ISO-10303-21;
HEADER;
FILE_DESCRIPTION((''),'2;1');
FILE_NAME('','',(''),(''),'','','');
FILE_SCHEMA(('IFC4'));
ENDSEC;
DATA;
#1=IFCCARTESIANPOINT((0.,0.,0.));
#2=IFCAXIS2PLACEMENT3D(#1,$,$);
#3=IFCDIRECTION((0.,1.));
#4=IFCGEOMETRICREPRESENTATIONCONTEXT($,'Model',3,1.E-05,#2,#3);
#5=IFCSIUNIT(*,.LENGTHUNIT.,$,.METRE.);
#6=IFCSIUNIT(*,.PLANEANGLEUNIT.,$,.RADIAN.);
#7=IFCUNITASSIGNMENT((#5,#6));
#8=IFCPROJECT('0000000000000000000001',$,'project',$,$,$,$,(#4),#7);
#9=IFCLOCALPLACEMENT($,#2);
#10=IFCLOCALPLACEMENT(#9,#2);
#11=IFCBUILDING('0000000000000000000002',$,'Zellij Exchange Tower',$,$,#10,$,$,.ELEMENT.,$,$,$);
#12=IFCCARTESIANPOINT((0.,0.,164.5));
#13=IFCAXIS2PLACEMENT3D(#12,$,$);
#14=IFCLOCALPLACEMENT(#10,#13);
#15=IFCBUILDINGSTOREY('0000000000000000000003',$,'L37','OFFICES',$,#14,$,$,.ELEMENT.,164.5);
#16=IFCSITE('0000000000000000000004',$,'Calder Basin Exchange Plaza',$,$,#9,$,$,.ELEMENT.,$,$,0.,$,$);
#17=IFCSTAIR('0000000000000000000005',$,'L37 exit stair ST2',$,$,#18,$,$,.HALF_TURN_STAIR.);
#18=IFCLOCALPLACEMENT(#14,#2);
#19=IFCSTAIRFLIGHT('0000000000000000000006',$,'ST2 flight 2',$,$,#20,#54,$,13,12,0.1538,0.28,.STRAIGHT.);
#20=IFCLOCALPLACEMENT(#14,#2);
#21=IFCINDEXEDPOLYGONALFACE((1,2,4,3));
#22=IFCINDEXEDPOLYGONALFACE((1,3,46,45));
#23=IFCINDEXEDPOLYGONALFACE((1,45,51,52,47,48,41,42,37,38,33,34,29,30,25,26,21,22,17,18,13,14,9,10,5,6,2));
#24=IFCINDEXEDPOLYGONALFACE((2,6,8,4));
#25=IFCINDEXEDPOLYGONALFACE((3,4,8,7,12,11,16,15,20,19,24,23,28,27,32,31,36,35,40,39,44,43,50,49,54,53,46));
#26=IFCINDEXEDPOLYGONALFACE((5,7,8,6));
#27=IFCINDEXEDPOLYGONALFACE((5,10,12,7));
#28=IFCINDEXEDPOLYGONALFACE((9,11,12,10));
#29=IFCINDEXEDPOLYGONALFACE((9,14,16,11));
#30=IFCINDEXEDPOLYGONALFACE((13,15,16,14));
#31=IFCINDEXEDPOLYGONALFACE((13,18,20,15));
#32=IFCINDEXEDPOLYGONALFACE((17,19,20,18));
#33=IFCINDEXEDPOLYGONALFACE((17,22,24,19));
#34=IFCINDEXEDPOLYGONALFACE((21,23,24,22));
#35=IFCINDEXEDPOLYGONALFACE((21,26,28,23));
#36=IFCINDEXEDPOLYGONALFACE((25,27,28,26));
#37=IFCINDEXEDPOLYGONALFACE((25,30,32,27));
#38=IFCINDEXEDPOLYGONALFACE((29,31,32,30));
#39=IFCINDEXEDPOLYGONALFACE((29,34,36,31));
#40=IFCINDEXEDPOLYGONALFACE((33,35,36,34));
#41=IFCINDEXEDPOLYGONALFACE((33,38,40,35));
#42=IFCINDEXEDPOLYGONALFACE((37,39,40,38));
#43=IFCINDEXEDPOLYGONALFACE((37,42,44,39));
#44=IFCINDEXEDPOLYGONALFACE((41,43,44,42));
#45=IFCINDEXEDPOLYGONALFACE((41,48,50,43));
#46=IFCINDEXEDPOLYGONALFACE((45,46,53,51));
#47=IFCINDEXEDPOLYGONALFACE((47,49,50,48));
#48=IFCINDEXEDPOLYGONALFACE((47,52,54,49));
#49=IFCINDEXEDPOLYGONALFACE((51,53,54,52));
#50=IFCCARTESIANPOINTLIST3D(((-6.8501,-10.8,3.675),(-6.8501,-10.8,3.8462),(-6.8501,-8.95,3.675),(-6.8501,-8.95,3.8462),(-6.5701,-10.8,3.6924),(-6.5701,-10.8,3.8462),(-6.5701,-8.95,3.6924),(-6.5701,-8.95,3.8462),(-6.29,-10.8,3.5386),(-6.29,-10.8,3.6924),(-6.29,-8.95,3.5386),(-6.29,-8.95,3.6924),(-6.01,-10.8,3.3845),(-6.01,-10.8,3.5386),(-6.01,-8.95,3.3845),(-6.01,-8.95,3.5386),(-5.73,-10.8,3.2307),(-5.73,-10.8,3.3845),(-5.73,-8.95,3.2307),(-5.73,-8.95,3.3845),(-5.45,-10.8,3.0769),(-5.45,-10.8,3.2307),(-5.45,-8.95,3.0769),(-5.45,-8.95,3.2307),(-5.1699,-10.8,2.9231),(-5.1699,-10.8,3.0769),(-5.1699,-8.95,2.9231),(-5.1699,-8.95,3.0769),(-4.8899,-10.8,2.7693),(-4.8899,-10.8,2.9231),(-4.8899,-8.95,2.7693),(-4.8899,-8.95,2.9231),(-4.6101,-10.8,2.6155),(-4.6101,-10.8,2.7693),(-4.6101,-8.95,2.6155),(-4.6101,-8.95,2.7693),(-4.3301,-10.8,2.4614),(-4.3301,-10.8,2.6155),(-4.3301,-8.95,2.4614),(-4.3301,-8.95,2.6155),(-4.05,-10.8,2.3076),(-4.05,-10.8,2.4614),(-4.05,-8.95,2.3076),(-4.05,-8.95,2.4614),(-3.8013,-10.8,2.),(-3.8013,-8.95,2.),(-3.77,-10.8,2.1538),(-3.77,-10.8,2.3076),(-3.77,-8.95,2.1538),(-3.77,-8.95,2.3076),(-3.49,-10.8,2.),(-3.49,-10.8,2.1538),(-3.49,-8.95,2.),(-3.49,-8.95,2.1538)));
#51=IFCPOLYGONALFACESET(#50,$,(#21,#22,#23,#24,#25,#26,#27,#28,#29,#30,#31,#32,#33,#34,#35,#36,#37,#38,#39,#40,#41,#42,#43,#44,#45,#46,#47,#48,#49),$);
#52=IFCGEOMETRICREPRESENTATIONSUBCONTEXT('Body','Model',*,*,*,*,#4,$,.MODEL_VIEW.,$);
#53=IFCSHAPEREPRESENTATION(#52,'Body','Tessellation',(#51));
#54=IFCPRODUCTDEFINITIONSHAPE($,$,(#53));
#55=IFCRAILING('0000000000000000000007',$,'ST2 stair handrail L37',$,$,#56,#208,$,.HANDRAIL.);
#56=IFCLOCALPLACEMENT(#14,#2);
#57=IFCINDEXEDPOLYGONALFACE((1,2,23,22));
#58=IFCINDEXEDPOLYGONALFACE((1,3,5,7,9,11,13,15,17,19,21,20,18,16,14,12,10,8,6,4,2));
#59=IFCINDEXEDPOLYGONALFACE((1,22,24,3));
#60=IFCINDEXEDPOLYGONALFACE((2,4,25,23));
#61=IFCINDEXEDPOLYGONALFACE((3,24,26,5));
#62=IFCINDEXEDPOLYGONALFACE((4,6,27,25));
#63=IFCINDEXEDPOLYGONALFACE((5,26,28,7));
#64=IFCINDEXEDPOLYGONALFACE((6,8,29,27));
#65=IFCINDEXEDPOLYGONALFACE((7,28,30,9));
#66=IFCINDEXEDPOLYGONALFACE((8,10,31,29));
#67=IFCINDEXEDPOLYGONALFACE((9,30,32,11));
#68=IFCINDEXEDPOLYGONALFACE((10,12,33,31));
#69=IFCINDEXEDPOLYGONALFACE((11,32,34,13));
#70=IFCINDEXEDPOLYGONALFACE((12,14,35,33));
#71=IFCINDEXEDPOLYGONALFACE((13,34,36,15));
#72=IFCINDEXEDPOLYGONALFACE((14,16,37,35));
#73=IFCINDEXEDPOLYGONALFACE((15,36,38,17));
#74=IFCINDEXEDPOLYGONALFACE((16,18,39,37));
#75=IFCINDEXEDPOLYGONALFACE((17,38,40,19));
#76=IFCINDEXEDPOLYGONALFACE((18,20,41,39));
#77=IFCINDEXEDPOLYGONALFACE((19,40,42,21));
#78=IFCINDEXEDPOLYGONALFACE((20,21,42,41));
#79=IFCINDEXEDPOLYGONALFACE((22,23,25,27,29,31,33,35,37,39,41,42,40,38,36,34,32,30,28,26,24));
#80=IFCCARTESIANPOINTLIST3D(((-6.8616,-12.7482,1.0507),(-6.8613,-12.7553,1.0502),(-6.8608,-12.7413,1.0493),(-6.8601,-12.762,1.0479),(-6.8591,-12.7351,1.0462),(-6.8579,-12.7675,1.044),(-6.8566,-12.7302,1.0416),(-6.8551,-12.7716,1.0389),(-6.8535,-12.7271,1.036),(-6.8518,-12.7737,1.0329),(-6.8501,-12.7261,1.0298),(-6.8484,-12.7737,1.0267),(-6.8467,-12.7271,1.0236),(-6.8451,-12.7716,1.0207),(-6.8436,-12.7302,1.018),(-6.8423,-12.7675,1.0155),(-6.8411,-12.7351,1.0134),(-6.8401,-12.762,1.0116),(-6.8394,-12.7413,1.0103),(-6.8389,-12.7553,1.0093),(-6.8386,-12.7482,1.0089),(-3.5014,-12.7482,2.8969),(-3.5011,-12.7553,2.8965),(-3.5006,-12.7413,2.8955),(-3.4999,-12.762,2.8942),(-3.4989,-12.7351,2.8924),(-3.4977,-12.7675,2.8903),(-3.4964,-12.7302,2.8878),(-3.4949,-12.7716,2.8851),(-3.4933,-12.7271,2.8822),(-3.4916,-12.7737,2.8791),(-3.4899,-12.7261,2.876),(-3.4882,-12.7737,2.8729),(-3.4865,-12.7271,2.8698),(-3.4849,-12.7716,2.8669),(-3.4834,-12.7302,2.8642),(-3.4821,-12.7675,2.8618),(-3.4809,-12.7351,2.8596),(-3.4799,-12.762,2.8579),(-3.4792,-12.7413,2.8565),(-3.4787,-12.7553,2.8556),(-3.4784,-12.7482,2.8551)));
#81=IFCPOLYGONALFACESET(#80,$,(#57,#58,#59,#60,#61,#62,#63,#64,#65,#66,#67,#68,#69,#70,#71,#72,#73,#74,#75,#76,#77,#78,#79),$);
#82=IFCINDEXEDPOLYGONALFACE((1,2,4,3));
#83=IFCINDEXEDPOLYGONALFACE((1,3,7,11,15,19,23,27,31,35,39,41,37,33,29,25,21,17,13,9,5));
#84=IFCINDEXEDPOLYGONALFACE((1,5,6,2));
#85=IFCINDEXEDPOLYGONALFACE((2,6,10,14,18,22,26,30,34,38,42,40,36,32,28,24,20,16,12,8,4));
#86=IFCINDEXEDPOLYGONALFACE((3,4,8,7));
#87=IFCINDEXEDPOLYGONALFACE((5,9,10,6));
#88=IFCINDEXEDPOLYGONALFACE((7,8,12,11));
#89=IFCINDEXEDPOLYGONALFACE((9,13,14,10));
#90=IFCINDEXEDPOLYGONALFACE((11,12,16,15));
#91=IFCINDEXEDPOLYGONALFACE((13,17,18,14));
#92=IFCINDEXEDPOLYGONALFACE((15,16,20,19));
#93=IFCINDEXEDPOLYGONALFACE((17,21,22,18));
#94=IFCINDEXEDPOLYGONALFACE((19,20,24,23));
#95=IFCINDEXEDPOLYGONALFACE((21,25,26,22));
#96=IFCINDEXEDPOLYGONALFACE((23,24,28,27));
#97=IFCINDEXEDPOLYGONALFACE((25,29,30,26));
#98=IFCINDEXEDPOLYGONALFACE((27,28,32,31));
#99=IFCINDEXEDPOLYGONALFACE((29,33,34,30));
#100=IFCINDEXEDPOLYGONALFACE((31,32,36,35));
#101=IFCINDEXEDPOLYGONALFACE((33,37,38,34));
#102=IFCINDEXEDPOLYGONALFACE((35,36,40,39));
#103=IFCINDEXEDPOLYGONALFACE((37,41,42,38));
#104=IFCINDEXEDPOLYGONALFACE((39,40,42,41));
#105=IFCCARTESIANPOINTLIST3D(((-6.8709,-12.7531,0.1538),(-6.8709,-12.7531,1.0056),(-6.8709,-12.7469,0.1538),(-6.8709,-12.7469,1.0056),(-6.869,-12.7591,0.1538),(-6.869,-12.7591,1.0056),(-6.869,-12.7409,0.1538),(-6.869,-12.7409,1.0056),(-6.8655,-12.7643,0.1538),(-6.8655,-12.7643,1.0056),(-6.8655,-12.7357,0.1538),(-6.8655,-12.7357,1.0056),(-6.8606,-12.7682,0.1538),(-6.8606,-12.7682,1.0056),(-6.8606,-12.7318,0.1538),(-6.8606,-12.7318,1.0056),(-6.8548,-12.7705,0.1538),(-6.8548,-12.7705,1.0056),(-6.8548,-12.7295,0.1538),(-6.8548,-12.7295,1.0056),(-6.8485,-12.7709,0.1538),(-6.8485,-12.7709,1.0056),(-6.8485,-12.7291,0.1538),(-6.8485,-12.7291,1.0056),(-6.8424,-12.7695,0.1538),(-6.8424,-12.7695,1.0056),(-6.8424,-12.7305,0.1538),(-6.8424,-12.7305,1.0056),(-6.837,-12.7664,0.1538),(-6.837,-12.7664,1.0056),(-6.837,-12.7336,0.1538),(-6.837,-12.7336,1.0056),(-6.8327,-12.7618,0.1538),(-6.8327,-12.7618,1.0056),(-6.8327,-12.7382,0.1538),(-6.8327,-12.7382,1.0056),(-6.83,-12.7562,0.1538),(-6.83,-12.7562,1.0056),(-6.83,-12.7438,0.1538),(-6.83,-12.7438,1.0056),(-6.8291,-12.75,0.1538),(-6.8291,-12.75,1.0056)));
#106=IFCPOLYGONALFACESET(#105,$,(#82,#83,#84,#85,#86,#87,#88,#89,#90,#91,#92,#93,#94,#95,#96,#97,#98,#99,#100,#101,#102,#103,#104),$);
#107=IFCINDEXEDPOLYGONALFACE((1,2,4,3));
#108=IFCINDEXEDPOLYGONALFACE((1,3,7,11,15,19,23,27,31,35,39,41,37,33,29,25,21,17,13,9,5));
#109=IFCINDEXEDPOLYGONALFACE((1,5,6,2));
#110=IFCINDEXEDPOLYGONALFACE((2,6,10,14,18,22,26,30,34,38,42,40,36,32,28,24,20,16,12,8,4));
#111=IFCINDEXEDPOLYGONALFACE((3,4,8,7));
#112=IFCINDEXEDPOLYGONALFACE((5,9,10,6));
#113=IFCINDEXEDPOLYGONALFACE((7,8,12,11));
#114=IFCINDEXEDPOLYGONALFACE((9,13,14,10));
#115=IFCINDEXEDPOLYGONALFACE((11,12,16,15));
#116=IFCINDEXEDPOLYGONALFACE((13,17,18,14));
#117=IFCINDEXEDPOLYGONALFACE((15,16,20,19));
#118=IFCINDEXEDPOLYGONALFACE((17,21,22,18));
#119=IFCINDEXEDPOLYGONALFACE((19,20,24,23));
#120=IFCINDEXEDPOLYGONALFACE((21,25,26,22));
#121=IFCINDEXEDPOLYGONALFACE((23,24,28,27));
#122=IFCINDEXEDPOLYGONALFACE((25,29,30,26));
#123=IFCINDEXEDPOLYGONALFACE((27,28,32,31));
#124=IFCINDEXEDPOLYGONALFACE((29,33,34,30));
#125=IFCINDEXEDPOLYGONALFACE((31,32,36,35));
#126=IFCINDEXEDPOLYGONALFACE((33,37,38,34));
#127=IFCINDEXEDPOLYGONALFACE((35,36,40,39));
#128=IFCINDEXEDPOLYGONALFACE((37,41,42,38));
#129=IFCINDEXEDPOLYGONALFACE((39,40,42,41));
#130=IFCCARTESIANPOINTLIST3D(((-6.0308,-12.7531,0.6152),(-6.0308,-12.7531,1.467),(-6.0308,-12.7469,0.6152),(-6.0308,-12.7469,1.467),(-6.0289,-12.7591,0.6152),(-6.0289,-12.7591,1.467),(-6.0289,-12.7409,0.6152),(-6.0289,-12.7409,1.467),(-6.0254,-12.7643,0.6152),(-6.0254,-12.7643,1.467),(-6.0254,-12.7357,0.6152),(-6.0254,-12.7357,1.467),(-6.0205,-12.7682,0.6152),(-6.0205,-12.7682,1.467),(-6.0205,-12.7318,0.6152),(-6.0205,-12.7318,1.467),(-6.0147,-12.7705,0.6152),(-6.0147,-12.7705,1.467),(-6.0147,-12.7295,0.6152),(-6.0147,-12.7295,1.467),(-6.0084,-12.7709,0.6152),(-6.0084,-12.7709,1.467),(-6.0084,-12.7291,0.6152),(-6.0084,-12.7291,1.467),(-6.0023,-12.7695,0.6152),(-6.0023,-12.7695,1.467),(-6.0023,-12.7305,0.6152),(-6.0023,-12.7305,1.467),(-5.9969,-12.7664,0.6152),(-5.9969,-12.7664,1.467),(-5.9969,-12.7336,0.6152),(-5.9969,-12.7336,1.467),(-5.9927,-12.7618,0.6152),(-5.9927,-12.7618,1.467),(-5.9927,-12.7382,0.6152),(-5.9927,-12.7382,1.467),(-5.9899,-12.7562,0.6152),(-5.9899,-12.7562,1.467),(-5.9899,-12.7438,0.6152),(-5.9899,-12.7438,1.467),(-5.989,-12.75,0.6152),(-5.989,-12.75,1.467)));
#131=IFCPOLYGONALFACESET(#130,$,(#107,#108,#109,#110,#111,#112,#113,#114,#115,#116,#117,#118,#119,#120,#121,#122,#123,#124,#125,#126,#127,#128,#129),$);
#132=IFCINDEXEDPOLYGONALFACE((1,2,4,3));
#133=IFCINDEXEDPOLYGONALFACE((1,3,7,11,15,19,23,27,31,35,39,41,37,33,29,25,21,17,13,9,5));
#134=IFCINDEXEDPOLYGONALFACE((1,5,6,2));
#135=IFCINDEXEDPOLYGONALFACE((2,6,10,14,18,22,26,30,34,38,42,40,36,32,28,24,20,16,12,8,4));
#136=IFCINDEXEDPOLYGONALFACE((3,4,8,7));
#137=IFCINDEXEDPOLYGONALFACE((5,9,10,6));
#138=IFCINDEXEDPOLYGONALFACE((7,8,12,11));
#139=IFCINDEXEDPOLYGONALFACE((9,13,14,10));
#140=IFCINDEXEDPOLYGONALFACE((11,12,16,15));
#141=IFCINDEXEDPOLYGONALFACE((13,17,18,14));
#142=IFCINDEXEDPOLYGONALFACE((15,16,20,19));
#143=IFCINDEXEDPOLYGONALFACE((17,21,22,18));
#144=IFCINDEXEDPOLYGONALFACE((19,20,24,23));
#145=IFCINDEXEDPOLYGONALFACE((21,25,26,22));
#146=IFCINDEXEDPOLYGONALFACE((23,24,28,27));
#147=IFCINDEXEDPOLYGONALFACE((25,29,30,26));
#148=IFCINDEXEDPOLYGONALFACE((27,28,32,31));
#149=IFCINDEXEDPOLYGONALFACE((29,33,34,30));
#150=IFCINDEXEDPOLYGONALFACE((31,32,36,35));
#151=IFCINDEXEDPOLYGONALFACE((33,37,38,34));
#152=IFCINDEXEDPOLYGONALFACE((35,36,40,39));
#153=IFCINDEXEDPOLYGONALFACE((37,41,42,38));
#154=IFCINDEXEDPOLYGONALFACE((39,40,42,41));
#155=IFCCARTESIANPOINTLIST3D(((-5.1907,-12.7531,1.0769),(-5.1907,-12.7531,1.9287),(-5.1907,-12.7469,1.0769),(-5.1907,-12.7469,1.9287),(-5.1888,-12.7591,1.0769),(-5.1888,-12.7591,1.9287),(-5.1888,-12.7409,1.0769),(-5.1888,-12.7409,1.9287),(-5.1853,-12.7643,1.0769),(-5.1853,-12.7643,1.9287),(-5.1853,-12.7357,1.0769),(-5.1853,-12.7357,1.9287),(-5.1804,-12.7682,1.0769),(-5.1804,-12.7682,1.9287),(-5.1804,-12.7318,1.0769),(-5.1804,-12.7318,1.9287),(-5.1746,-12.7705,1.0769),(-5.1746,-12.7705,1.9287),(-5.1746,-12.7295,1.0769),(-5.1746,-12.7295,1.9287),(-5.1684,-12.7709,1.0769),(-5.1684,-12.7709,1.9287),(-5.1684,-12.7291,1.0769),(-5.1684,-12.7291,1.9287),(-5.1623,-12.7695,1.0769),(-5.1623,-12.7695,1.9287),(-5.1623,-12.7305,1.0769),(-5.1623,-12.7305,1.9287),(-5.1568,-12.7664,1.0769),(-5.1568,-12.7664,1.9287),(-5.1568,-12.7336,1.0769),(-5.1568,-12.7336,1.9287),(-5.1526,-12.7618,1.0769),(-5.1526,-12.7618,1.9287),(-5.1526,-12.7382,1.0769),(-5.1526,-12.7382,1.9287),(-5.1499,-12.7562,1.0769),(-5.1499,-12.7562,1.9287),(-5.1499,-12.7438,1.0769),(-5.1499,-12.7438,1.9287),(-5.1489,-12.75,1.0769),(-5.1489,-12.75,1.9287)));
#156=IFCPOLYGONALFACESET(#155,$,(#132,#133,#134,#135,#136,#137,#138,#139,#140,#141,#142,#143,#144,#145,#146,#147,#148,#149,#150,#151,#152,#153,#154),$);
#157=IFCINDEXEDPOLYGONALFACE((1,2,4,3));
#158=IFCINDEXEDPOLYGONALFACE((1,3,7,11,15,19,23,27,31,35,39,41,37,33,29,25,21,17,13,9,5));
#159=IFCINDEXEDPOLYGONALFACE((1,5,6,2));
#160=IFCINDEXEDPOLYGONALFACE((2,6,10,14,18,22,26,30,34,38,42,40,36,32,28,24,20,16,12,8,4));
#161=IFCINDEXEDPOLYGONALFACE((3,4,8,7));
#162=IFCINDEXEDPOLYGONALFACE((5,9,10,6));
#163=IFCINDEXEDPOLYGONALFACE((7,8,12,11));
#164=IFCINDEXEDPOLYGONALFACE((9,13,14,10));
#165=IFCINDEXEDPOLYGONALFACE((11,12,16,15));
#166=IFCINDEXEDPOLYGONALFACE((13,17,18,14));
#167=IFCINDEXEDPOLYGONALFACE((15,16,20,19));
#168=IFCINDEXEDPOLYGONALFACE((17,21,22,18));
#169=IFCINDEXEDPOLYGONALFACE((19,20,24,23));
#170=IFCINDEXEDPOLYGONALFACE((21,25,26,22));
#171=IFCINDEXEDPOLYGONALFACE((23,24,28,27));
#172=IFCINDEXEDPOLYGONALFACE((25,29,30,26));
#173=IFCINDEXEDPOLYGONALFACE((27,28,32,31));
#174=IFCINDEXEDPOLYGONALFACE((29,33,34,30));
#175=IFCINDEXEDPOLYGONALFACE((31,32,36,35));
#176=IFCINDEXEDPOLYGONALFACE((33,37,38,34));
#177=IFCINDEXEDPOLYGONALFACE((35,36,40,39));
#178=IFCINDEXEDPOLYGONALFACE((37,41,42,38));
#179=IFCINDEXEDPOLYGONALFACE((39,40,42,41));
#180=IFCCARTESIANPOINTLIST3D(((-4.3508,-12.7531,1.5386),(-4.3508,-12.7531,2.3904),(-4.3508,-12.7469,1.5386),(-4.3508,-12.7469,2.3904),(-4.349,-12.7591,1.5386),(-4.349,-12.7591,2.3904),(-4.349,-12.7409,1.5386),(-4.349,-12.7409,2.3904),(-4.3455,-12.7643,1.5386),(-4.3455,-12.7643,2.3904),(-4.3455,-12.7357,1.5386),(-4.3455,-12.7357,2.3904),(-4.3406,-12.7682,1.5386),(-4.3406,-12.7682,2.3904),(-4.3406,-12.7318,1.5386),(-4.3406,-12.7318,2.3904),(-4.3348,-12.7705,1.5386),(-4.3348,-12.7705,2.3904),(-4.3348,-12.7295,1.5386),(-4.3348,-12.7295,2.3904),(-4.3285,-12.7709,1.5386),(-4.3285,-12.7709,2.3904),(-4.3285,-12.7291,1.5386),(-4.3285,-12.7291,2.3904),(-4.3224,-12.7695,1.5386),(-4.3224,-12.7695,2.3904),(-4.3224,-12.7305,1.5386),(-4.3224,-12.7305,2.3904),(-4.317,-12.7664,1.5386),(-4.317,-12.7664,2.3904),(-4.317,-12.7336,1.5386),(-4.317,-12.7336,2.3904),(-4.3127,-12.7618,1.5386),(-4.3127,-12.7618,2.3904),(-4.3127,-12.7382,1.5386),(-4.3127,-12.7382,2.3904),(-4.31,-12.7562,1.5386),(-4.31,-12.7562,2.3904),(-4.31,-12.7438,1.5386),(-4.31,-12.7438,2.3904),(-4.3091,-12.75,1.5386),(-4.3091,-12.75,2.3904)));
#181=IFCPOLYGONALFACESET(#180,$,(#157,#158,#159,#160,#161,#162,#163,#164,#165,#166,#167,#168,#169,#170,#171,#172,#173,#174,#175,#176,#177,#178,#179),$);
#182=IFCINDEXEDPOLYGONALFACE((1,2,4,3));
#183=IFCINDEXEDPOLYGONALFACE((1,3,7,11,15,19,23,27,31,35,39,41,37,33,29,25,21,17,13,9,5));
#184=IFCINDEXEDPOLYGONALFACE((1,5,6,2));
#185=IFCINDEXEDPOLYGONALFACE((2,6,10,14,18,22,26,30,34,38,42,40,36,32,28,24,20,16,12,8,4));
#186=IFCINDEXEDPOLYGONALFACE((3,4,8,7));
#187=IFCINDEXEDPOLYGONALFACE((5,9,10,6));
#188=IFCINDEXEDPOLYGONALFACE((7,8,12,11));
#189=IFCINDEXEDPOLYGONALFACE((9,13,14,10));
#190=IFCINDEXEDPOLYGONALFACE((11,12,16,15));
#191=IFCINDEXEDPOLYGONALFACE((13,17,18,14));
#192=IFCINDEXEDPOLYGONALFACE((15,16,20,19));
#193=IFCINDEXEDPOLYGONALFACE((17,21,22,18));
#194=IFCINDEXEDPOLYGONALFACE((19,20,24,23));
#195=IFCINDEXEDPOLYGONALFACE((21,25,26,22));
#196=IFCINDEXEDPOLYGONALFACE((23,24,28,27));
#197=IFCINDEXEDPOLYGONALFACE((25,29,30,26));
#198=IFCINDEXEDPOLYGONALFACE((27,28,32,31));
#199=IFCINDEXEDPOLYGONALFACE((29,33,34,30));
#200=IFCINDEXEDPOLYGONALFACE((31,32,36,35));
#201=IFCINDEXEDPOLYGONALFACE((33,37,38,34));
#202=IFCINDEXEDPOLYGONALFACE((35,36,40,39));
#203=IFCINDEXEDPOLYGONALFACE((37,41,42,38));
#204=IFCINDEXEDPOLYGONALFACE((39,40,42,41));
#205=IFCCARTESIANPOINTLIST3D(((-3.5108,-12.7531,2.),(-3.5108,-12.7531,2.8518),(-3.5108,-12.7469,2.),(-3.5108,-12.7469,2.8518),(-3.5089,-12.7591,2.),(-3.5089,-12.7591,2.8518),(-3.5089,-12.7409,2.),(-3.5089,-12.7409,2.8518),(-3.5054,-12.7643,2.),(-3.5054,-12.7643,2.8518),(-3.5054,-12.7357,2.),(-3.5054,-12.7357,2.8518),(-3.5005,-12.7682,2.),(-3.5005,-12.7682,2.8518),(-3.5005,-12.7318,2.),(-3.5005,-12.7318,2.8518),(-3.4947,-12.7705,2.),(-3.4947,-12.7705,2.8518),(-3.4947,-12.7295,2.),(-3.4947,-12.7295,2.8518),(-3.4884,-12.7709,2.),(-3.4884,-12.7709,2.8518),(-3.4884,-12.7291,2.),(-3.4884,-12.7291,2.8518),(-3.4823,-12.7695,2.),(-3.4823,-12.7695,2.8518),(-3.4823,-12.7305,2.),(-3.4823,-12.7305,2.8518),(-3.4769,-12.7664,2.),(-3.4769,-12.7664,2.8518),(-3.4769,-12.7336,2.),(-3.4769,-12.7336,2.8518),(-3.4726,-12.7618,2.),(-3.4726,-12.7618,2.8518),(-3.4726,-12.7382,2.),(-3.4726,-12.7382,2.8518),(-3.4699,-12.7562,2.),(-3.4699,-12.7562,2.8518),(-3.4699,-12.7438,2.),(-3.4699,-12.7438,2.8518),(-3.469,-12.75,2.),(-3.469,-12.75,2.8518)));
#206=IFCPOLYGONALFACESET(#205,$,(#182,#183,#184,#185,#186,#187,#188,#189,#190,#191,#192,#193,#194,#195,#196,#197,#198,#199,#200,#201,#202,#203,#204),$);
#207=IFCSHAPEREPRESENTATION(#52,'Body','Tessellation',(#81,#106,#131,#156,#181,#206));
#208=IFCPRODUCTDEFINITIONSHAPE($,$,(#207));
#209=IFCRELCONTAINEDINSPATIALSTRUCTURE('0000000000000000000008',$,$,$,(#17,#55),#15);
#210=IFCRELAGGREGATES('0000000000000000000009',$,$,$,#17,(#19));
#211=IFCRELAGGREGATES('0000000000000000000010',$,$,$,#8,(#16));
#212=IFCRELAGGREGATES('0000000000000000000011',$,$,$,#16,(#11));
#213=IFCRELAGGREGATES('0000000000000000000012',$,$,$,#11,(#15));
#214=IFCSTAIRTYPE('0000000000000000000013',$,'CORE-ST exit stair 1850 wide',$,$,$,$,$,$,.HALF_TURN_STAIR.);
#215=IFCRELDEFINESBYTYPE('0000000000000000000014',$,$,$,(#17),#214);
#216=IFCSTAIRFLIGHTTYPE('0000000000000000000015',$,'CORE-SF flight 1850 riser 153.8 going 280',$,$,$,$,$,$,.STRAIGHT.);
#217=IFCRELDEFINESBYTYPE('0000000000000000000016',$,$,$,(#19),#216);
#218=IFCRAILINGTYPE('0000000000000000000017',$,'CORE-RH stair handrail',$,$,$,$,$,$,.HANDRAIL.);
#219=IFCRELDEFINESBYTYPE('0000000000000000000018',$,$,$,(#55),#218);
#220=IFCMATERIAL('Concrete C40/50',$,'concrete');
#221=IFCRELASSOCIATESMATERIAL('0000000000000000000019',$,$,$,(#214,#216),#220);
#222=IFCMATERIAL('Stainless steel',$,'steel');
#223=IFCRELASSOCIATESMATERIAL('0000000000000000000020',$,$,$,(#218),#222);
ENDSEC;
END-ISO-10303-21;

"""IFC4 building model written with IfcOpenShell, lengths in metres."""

from ifc_helpers import new_model, si_unit, direction, frame, origin, origin_2d, place, context, subcontext, project, spatial, polyline, circle, outline, extrude, material, type_object, element, aggregate, save


model = new_model("IFC4")

# Units and contexts
model_context = context("Model", 3, precision=1e-05, world=origin(), true_north=direction((0.0, 1.0)))
body_context = subcontext(model_context, "Body", "Model", "MODEL_VIEW")
ifc_project = project(units=[si_unit("LENGTHUNIT", "METRE"), si_unit("PLANEANGLEUNIT", "RADIAN")], contexts=[model_context])

# Site, building, storey
site_placement = place(None, origin())
site = spatial("IfcSite", under=ifc_project, at=site_placement, Name="Calder Basin Exchange Plaza", CompositionType="ELEMENT", RefElevation=0.0)
building_placement = place(site_placement, origin())
building = spatial("IfcBuilding", under=site, at=building_placement, Name="Zellij Exchange Tower", CompositionType="ELEMENT")
storey_placement = place(building_placement, frame((0.0, 0.0, 164.5)))
storey = spatial("IfcBuildingStorey", under=building, at=storey_placement, Name="L37", Description="OFFICES", CompositionType="ELEMENT", Elevation=164.5)

# Stair, stair flight
ifc_material_1 = material(Name="Concrete C40/50", Category="concrete")
stair_type = type_object("IfcStairType", Name="CORE-ST exit stair 1850 wide", PredefinedType="HALF_TURN_STAIR", material=ifc_material_1)
stair_placement = place(storey_placement, origin())
stair = element("IfcStair", 1, at=stair_placement, inside=storey, type_object=stair_type, Name="L37 exit stair ST2", PredefinedType="HALF_TURN_STAIR")
stair_flight_type = type_object("IfcStairFlightType", Name="CORE-SF flight 1850 riser 153.8 going 280", PredefinedType="STRAIGHT", material=ifc_material_1)
stair_flight_1_placement = place(storey_placement, frame((-3.49, -9.875, 2.0), z_axis=(0.0, 0.0, 1.0), x_axis=(-1.0, 0.0, 0.0)))
stair_flight_1 = element("IfcStairFlight", 2, at=stair_flight_1_placement, type_object=stair_flight_type, Name="ST2 flight 2", NumberOfRisers=13, NumberOfTreads=12, PredefinedType="STRAIGHT", RiserHeight=0.1538, TreadLength=0.28, context=body_context, shape_type="SweptSolid", body=[
    extrude(outline(polyline([(0.0, 0.0), (0.0, 0.1538), (0.28, 0.1538), (0.28, 0.3076), (0.5601, 0.3076), (0.5601, 0.4614), (0.8401, 0.4614), (0.8401, 0.6155), (1.1201, 0.6155), (1.1201, 0.7693), (1.3999, 0.7693), (1.3999, 0.9231), (1.6799, 0.9231), (1.6799, 1.0769), (1.96, 1.0769), (1.96, 1.2307), (2.24, 1.2307), (2.24, 1.3845), (2.52, 1.3845), (2.52, 1.5386), (2.8, 1.5386), (2.8, 1.6924), (3.0801, 1.6924), (3.0801, 1.8462), (3.3601, 1.8462), (3.3601, 2.0), (3.3601, 1.675), (0.3113, 0.0), (0.0, 0.0)])), frame((0.0, 0.925, 0.0), z_axis=(0.0, -1.0, 0.0), x_axis=(1.0, 0.0, 0.0)), (0.0, 0.0, 1.0), 1.8501),
])
aggregate(stair, [stair_flight_1])

# Railing
ifc_material_2 = material(Name="Stainless steel", Category="steel")
railing_type_1 = type_object("IfcRailingType", Name="CORE-RH stair handrail", PredefinedType="HANDRAIL", material=ifc_material_2)
railing_1_placement = place(storey_placement, frame((-6.8501, -12.75, 0.1538)))
element("IfcRailing", 3, at=railing_1_placement, inside=storey, type_object=railing_type_1, Name="ST2 stair handrail L37", PredefinedType="HANDRAIL", context=body_context, shape_type="SweptSolid", body=[
    extrude(circle(Radius=0.0239, at=origin_2d()), frame((0.0, 0.0, 0.876), z_axis=(0.876422, 0.0, 0.481545), x_axis=(0.0, 1.0, 0.0)), (0.0, 0.0, 1.0), 3.834),
    extrude(circle(Radius=0.021, at=origin_2d()), origin(), (0.0, 0.0, 1.0), 0.8518),
    extrude(circle(Radius=0.021, at=origin_2d()), frame((0.8401, 0.0, 0.4614)), (0.0, 0.0, 1.0), 0.8518),
    extrude(circle(Radius=0.021, at=origin_2d()), frame((1.6802, 0.0, 0.9231)), (0.0, 0.0, 1.0), 0.8518),
    extrude(circle(Radius=0.021, at=origin_2d()), frame((2.52, 0.0, 1.3848)), (0.0, 0.0, 1.0), 0.8518),
    extrude(circle(Radius=0.021, at=origin_2d()), frame((3.3601, 0.0, 1.8462)), (0.0, 0.0, 1.0), 0.8518),
])

save(model, "model.ifc")
